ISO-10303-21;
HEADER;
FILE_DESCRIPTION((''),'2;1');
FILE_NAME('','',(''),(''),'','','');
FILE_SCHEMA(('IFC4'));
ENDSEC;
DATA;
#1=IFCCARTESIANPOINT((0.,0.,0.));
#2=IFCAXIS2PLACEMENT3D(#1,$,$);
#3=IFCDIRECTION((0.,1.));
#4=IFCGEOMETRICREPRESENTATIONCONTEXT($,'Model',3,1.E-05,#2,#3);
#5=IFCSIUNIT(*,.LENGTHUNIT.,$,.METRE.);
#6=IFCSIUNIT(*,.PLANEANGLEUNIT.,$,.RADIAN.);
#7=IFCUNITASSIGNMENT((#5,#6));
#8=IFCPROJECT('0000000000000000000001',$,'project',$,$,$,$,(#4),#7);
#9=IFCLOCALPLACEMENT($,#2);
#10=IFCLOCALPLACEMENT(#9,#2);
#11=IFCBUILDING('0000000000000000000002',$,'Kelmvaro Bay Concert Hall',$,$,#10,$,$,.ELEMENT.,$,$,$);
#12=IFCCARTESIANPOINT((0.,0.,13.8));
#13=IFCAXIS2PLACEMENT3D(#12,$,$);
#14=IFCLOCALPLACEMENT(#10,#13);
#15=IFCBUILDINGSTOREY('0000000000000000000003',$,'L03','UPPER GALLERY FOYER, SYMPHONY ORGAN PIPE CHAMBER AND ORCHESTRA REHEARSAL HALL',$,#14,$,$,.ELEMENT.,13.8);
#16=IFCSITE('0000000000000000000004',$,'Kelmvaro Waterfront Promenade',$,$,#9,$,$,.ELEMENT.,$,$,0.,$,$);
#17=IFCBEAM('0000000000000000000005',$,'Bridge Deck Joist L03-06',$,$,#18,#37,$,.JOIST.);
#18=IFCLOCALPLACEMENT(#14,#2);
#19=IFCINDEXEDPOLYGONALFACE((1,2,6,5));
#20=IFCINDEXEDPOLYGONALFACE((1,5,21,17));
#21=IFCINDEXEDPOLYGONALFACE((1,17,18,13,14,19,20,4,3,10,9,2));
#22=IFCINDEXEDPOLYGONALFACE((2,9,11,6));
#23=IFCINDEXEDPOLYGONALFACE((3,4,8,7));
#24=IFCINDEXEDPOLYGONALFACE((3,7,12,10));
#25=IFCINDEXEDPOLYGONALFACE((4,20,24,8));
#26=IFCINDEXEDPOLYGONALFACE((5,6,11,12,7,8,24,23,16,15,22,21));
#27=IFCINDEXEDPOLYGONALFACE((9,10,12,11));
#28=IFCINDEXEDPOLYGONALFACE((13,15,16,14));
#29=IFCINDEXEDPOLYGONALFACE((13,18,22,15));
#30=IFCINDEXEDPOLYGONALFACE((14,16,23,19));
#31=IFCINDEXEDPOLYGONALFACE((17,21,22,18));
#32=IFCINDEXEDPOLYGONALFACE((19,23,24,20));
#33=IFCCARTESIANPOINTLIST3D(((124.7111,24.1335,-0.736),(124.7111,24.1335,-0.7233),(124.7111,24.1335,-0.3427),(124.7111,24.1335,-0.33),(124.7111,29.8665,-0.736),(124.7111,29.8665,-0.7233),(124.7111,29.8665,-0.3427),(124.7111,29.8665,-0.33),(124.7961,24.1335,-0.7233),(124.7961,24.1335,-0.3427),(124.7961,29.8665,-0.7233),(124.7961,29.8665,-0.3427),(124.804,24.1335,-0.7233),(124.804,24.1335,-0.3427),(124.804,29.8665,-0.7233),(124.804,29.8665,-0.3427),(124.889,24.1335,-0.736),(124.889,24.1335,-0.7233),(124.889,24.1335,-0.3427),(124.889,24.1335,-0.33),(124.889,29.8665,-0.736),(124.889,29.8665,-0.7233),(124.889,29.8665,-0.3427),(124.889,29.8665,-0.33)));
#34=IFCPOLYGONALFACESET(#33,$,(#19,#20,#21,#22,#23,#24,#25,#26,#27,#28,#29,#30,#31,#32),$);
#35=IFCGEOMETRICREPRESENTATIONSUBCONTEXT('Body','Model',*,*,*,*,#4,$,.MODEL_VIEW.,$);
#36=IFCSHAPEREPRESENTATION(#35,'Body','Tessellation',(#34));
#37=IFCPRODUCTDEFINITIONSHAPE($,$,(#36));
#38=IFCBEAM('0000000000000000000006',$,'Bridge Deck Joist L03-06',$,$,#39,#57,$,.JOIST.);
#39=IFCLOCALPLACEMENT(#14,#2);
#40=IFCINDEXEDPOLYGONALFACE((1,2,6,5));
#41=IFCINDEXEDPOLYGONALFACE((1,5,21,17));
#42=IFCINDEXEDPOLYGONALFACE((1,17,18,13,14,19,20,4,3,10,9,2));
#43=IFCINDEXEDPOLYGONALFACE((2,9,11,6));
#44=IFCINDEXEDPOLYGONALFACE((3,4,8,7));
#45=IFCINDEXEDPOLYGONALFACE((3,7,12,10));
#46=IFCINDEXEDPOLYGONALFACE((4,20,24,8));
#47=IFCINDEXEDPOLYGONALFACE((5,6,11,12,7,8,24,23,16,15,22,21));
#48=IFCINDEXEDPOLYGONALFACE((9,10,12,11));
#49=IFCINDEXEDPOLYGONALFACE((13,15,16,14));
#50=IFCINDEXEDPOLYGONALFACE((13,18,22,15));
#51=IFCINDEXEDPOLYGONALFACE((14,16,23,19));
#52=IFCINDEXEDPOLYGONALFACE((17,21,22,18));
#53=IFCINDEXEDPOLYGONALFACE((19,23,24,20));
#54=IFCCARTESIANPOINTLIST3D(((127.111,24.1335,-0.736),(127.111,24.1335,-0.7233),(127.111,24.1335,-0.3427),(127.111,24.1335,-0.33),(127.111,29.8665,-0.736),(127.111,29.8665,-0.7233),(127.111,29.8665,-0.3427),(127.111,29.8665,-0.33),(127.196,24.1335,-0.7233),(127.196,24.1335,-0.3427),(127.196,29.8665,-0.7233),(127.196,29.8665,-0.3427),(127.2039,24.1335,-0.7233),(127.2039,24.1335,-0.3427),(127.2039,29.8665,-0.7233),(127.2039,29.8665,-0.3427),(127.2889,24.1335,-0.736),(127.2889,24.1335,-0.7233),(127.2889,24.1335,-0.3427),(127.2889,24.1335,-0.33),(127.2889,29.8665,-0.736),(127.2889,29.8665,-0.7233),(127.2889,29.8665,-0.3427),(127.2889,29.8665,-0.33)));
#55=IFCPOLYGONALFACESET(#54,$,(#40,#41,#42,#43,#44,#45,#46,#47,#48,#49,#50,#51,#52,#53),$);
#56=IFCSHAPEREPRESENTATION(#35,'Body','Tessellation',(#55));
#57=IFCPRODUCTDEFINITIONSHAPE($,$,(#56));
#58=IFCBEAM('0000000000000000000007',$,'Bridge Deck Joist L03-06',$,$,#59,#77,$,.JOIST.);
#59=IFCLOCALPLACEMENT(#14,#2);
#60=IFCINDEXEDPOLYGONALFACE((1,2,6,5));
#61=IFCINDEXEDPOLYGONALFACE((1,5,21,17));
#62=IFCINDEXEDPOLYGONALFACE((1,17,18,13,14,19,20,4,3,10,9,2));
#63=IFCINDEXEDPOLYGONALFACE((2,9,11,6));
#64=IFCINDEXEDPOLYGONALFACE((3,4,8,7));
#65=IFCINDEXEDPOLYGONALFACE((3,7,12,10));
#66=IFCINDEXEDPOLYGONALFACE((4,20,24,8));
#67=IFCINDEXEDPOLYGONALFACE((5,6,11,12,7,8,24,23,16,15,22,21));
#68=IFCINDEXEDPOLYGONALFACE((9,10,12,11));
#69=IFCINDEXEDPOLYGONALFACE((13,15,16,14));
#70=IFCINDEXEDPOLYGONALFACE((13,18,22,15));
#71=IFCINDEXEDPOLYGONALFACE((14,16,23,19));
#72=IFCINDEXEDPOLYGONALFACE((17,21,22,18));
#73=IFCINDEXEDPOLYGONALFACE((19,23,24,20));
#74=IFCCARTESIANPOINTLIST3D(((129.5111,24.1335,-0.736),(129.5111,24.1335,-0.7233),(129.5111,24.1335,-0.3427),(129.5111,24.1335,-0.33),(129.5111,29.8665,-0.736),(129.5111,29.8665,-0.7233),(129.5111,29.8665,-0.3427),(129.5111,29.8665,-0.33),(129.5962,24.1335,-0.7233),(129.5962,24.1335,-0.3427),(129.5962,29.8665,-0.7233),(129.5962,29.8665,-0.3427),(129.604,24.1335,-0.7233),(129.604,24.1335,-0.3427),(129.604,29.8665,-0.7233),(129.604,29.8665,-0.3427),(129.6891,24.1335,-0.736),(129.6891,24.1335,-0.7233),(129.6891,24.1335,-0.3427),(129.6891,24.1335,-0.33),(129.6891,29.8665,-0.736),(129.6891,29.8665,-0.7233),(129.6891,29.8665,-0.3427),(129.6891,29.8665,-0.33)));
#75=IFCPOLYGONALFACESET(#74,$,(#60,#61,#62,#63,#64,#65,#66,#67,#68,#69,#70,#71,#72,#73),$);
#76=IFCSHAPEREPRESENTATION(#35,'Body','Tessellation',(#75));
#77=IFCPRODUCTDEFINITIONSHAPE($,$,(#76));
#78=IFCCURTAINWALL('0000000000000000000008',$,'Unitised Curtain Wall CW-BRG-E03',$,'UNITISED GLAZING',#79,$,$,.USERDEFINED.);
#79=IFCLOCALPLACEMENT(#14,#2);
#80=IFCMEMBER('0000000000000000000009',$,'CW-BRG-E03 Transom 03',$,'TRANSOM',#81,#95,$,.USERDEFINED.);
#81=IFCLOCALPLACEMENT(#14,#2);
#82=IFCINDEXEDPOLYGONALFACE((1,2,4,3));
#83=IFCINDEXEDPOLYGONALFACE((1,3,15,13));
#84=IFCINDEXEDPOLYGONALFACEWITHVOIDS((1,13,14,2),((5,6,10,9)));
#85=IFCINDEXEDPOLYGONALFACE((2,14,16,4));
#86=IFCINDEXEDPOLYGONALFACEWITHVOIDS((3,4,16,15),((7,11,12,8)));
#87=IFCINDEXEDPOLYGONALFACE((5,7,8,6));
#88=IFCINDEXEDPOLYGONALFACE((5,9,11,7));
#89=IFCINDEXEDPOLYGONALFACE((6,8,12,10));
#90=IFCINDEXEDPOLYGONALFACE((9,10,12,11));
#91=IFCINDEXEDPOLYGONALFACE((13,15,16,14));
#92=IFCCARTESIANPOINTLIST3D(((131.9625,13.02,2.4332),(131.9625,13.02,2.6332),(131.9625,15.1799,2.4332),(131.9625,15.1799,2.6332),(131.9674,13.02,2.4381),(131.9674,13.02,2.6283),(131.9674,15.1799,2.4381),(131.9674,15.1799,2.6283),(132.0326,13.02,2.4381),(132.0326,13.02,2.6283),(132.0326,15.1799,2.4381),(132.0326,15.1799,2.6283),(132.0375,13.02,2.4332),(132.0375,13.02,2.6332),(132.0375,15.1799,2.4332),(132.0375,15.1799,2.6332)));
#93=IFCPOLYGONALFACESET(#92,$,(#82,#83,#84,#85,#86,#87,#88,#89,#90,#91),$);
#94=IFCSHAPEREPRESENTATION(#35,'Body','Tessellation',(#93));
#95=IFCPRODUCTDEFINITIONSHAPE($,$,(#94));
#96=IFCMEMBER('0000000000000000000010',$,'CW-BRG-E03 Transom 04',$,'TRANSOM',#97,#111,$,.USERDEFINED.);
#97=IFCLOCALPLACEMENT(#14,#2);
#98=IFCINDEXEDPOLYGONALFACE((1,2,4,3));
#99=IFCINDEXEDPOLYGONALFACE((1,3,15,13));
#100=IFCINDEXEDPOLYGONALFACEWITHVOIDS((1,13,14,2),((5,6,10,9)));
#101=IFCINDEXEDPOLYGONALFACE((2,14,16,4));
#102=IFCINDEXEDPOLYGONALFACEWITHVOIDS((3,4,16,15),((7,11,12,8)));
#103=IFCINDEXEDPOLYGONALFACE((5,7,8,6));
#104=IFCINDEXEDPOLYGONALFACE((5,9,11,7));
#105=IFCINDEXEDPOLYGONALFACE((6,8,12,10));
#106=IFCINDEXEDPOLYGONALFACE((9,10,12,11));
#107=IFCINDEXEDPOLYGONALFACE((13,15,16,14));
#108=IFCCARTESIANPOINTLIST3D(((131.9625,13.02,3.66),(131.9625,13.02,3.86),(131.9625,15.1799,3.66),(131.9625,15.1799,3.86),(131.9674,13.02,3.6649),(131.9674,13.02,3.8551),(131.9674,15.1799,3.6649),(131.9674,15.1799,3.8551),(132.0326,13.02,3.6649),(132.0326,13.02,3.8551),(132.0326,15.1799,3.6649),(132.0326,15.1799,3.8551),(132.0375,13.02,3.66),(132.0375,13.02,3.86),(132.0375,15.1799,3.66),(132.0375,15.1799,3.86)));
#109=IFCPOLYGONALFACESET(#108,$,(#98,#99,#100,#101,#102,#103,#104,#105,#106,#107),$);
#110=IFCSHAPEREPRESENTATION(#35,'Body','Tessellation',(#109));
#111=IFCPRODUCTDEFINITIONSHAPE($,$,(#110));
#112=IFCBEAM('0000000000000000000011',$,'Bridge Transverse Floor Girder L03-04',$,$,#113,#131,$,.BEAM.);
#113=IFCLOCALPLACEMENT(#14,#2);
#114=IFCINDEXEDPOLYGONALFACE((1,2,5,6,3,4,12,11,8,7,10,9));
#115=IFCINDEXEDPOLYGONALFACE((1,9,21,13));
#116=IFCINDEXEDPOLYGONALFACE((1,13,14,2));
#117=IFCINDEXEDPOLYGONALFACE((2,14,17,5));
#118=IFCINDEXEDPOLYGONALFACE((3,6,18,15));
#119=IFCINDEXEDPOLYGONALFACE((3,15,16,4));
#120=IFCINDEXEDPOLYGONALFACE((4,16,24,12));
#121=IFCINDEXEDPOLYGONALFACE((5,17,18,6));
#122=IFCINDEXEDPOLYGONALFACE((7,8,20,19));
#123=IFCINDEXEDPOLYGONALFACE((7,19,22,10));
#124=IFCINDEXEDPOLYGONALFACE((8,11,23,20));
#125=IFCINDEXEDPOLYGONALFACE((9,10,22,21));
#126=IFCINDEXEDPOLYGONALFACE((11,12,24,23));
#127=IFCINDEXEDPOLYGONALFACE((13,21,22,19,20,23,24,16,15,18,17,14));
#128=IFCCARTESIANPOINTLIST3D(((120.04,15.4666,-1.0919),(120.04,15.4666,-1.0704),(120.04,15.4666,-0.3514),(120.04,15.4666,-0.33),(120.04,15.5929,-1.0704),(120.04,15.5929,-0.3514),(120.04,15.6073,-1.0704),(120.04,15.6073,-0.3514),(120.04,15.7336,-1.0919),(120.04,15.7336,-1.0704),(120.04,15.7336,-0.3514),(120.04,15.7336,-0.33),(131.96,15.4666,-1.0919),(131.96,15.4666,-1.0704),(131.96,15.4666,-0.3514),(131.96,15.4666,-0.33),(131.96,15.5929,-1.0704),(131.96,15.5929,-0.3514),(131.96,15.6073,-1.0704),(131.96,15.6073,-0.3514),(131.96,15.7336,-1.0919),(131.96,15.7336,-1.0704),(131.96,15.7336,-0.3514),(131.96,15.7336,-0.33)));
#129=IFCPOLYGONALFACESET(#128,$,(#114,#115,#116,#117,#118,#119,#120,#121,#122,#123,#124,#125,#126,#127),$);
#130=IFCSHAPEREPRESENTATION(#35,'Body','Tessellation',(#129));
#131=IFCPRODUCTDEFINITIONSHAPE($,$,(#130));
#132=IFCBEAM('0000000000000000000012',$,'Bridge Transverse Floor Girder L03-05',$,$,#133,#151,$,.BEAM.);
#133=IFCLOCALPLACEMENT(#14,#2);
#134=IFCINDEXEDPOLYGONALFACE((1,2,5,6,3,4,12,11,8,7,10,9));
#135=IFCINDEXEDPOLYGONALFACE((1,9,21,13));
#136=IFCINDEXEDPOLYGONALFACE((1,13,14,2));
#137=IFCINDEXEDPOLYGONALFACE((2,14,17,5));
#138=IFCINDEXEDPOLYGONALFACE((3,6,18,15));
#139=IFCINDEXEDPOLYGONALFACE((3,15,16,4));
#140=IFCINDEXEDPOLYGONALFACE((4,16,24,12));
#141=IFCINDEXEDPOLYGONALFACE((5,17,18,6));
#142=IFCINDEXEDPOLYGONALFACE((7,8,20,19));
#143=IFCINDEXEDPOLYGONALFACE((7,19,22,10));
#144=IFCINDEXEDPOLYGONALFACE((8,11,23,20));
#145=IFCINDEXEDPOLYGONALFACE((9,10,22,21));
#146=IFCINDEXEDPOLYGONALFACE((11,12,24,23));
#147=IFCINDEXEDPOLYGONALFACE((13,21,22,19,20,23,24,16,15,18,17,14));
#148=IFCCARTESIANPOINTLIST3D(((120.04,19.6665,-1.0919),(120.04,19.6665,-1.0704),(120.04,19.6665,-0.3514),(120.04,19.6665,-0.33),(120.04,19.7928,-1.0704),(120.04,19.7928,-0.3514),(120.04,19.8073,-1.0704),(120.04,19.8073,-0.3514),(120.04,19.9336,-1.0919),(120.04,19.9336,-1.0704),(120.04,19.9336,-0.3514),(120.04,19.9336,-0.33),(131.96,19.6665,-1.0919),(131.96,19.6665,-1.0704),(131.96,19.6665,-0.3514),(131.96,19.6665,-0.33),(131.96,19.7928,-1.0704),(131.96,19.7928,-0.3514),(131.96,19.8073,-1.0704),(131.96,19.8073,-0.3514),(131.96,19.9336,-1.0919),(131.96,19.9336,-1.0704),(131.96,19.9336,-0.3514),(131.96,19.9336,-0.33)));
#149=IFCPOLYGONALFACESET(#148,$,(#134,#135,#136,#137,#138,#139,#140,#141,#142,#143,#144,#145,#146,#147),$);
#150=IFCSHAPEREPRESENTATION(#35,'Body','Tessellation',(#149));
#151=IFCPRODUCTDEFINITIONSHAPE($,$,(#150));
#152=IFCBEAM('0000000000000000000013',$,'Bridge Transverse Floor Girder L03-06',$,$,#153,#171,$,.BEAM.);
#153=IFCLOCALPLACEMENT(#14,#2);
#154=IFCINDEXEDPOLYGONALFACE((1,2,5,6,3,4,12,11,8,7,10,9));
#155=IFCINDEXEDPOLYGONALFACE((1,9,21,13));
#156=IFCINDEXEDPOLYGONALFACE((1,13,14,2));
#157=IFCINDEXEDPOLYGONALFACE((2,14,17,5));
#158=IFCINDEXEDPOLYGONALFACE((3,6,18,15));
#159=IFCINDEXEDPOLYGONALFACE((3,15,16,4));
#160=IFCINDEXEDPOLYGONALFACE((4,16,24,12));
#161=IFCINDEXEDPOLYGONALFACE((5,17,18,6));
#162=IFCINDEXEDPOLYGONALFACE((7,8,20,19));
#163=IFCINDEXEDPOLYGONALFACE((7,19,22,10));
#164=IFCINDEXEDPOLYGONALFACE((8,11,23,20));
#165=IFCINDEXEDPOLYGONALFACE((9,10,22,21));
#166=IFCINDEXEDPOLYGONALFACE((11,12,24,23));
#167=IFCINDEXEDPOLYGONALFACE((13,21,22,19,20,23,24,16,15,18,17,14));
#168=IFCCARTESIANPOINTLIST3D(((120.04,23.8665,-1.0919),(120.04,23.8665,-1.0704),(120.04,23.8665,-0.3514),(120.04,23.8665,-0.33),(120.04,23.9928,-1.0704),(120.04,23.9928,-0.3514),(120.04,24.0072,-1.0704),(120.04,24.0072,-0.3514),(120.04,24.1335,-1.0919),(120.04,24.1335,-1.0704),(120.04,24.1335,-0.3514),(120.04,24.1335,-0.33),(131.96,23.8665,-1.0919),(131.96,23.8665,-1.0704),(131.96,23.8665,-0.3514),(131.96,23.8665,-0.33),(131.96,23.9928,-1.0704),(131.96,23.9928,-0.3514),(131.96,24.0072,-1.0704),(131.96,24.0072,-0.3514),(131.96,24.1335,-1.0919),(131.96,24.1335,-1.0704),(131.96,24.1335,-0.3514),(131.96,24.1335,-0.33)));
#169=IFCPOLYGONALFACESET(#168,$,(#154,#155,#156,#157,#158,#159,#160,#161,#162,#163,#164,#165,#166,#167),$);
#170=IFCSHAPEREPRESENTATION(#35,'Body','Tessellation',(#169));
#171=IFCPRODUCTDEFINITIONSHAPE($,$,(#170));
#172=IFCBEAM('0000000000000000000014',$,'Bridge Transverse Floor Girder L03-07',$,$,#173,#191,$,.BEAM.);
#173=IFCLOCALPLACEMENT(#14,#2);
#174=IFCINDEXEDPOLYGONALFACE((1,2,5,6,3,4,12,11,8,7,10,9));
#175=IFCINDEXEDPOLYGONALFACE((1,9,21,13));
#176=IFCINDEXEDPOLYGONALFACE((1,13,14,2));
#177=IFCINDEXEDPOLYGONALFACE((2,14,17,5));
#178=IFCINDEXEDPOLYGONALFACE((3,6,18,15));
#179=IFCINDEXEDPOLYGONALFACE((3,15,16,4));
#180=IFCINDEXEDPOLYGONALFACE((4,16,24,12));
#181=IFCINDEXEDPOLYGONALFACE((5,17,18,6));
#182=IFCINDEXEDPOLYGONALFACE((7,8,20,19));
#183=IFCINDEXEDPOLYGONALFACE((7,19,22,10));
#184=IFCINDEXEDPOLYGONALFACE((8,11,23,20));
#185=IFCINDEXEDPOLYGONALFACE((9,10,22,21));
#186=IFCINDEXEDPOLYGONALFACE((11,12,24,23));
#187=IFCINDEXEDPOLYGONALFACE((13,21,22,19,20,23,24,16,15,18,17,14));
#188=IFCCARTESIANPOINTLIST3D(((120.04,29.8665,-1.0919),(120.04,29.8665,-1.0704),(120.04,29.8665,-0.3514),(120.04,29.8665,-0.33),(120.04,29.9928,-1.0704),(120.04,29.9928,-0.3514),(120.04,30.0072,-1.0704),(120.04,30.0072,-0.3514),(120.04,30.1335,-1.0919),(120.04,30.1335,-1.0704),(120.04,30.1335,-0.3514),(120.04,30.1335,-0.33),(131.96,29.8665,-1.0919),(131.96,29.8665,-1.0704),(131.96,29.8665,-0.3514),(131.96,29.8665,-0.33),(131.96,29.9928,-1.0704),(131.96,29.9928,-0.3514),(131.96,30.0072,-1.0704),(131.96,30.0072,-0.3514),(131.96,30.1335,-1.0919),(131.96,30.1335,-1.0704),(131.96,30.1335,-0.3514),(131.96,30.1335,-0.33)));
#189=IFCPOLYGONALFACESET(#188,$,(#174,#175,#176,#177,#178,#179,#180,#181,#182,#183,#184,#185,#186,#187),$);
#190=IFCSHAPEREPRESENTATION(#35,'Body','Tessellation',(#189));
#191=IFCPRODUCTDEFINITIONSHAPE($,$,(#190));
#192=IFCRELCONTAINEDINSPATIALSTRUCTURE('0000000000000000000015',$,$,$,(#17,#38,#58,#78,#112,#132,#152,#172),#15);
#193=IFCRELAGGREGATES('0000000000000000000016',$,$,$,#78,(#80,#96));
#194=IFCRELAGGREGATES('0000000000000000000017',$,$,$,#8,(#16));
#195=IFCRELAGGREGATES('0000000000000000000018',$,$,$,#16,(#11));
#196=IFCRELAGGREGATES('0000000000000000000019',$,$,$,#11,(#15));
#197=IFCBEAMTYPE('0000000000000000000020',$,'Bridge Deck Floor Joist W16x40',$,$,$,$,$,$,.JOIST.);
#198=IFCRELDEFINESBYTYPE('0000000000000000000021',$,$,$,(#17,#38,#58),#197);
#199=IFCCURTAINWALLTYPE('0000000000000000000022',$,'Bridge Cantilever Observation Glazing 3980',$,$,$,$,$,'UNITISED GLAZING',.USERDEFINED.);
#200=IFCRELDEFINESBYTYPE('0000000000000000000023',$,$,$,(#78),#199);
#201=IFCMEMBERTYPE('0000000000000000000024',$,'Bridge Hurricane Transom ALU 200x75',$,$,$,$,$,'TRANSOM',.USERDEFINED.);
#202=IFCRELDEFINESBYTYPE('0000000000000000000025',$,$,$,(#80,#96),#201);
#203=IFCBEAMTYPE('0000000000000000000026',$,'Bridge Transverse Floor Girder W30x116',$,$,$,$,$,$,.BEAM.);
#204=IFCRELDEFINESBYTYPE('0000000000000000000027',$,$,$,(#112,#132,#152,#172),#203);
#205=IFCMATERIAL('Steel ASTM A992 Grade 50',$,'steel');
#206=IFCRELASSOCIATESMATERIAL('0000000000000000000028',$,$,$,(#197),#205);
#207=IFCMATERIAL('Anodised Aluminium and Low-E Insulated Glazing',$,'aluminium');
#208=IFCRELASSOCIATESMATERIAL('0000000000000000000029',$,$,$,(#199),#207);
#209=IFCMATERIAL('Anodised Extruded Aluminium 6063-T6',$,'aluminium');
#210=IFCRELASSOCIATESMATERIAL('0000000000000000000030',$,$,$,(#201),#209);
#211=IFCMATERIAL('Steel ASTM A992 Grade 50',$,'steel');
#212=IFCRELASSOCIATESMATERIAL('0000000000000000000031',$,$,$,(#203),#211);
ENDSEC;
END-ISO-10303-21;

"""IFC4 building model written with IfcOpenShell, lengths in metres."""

from ifc_helpers import new_model, si_unit, direction, frame, origin, origin_2d, place, context, subcontext, project, spatial, hollow_rectangle, i_section, extrude, material, material_profile, profile_set, type_object, element, aggregate, save


model = new_model("IFC4")

# Units and contexts
model_context = context("Model", 3, precision=1e-05, world=origin(), true_north=direction((0.0, 1.0)))
body_context = subcontext(model_context, "Body", "Model", "MODEL_VIEW")
ifc_project = project(units=[si_unit("LENGTHUNIT", "METRE"), si_unit("PLANEANGLEUNIT", "RADIAN")], contexts=[model_context])

# Site, building, storey
site_placement = place(None, origin())
site = spatial("IfcSite", under=ifc_project, at=site_placement, Name="Kelmvaro Waterfront Promenade", CompositionType="ELEMENT", RefElevation=0.0)
building_placement = place(site_placement, origin())
building = spatial("IfcBuilding", under=site, at=building_placement, Name="Kelmvaro Bay Concert Hall", CompositionType="ELEMENT")
storey_placement = place(building_placement, frame((0.0, 0.0, 13.8)))
storey = spatial("IfcBuildingStorey", under=building, at=storey_placement, Name="L03", Description="UPPER GALLERY FOYER, SYMPHONY ORGAN PIPE CHAMBER AND ORCHESTRA REHEARSAL HALL", CompositionType="ELEMENT", Elevation=13.8)

# Beams
ifc_material_1 = material(Name="Steel ASTM A992 Grade 50", Category="steel")
ifc_material_profile_1 = material_profile(ifc_material_1, i_section(OverallWidth=0.178, OverallDepth=0.406, WebThickness=0.0078, FlangeThickness=0.0127, at=origin_2d()), Name="W16X40")
ifc_profile_set_1 = profile_set([ifc_material_profile_1], Name="Steel ASTM A992 Grade 50")
beam_type_1 = type_object("IfcBeamType", Name="Bridge Deck Floor Joist W16x40", PredefinedType="JOIST", material=ifc_profile_set_1)
for number, where, z_axis, x_axis, name in (
    (1, (124.8, 24.1335, -0.533), (0.0, 1.0, 0.0), (-1.0, 0.0, 0.0), "Bridge Deck Joist L03-06"),
    (2, (127.2, 24.1335, -0.533), (0.0, 1.0, 0.0), (-1.0, 0.0, 0.0), "Bridge Deck Joist L03-06"),
    (3, (129.6001, 24.1335, -0.533), (0.0, 1.0, 0.0), (-1.0, 0.0, 0.0), "Bridge Deck Joist L03-06"),
):
    element("IfcBeam", number, at=place(storey_placement, frame(where, z_axis=z_axis, x_axis=x_axis)), inside=storey, type_object=beam_type_1, Name=name, PredefinedType="JOIST", context=body_context, shape_type="SweptSolid", body=[
        extrude(i_section(OverallWidth=0.178, OverallDepth=0.406, WebThickness=0.0078, FlangeThickness=0.0127, at=origin_2d()), origin(), (0.0, 0.0, 1.0), 5.7329),
    ])

# Curtain wall, members
ifc_material_2 = material(Name="Anodised Aluminium and Low-E Insulated Glazing", Category="aluminium")
curtain_wall_type = type_object("IfcCurtainWallType", Name="Bridge Cantilever Observation Glazing 3980", ElementType="UNITISED GLAZING", PredefinedType="USERDEFINED", material=ifc_material_2)
curtain_wall_placement = place(storey_placement, origin())
curtain_wall = element("IfcCurtainWall", 4, at=curtain_wall_placement, inside=storey, type_object=curtain_wall_type, Name="Unitised Curtain Wall CW-BRG-E03", ObjectType="UNITISED GLAZING", PredefinedType="USERDEFINED")
ifc_material_3 = material(Name="Anodised Extruded Aluminium 6063-T6", Category="aluminium")
ifc_material_profile_2 = material_profile(ifc_material_3, hollow_rectangle(XDim=0.075, YDim=0.2, WallThickness=0.0049, at=origin_2d()), Name="ALU-TRN-200X75")
ifc_profile_set_2 = profile_set([ifc_material_profile_2], Name="Anodised Extruded Aluminium 6063-T6")
member_type_1 = type_object("IfcMemberType", Name="Bridge Hurricane Transom ALU 200x75", ElementType="TRANSOM", PredefinedType="USERDEFINED", material=ifc_profile_set_2)
member_1_placement = place(storey_placement, frame((132.0, 15.1799, 2.5332), z_axis=(0.0, -1.0, 0.0), x_axis=(1.0, 0.0, 0.0)))
member_1 = element("IfcMember", 5, at=member_1_placement, type_object=member_type_1, Name="CW-BRG-E03 Transom 03", ObjectType="TRANSOM", PredefinedType="USERDEFINED", context=body_context, shape_type="SweptSolid", body=[
    extrude(hollow_rectangle(XDim=0.075, YDim=0.2, WallThickness=0.0049, at=origin_2d()), origin(), (0.0, 0.0, 1.0), 2.1599),
])
member_2_placement = place(storey_placement, frame((132.0, 15.1799, 3.76), z_axis=(0.0, -1.0, 0.0), x_axis=(1.0, 0.0, 0.0)))
member_2 = element("IfcMember", 6, at=member_2_placement, type_object=member_type_1, Name="CW-BRG-E03 Transom 04", ObjectType="TRANSOM", PredefinedType="USERDEFINED", context=body_context, shape_type="SweptSolid", body=[
    extrude(hollow_rectangle(XDim=0.075, YDim=0.2, WallThickness=0.0049, at=origin_2d()), origin(), (0.0, 0.0, 1.0), 2.1599),
])
aggregate(curtain_wall, [member_1, member_2])

# Beams
ifc_material_4 = material(Name="Steel ASTM A992 Grade 50", Category="steel")
ifc_material_profile_3 = material_profile(ifc_material_4, i_section(OverallWidth=0.2671, OverallDepth=0.762, WebThickness=0.0144, FlangeThickness=0.0215, at=origin_2d()), Name="W30X116")
ifc_profile_set_3 = profile_set([ifc_material_profile_3], Name="Steel ASTM A992 Grade 50")
beam_type_2 = type_object("IfcBeamType", Name="Bridge Transverse Floor Girder W30x116", PredefinedType="BEAM", material=ifc_profile_set_3)
for number, where, z_axis, x_axis, name in (
    (7, (120.04, 15.6001, -0.7109), (1.0, 0.0, 0.0), (0.0, 1.0, 0.0), "Bridge Transverse Floor Girder L03-04"),
    (8, (120.04, 19.8, -0.7109), (1.0, 0.0, 0.0), (0.0, 1.0, 0.0), "Bridge Transverse Floor Girder L03-05"),
    (9, (120.04, 24.0, -0.7109), (1.0, 0.0, 0.0), (0.0, 1.0, 0.0), "Bridge Transverse Floor Girder L03-06"),
    (10, (120.04, 30.0, -0.7109), (1.0, 0.0, 0.0), (0.0, 1.0, 0.0), "Bridge Transverse Floor Girder L03-07"),
):
    element("IfcBeam", number, at=place(storey_placement, frame(where, z_axis=z_axis, x_axis=x_axis)), inside=storey, type_object=beam_type_2, Name=name, PredefinedType="BEAM", context=body_context, shape_type="SweptSolid", body=[
        extrude(i_section(OverallWidth=0.2671, OverallDepth=0.762, WebThickness=0.0144, FlangeThickness=0.0215, at=origin_2d()), origin(), (0.0, 0.0, 1.0), 11.9199),
    ])

save(model, "model.ifc")
